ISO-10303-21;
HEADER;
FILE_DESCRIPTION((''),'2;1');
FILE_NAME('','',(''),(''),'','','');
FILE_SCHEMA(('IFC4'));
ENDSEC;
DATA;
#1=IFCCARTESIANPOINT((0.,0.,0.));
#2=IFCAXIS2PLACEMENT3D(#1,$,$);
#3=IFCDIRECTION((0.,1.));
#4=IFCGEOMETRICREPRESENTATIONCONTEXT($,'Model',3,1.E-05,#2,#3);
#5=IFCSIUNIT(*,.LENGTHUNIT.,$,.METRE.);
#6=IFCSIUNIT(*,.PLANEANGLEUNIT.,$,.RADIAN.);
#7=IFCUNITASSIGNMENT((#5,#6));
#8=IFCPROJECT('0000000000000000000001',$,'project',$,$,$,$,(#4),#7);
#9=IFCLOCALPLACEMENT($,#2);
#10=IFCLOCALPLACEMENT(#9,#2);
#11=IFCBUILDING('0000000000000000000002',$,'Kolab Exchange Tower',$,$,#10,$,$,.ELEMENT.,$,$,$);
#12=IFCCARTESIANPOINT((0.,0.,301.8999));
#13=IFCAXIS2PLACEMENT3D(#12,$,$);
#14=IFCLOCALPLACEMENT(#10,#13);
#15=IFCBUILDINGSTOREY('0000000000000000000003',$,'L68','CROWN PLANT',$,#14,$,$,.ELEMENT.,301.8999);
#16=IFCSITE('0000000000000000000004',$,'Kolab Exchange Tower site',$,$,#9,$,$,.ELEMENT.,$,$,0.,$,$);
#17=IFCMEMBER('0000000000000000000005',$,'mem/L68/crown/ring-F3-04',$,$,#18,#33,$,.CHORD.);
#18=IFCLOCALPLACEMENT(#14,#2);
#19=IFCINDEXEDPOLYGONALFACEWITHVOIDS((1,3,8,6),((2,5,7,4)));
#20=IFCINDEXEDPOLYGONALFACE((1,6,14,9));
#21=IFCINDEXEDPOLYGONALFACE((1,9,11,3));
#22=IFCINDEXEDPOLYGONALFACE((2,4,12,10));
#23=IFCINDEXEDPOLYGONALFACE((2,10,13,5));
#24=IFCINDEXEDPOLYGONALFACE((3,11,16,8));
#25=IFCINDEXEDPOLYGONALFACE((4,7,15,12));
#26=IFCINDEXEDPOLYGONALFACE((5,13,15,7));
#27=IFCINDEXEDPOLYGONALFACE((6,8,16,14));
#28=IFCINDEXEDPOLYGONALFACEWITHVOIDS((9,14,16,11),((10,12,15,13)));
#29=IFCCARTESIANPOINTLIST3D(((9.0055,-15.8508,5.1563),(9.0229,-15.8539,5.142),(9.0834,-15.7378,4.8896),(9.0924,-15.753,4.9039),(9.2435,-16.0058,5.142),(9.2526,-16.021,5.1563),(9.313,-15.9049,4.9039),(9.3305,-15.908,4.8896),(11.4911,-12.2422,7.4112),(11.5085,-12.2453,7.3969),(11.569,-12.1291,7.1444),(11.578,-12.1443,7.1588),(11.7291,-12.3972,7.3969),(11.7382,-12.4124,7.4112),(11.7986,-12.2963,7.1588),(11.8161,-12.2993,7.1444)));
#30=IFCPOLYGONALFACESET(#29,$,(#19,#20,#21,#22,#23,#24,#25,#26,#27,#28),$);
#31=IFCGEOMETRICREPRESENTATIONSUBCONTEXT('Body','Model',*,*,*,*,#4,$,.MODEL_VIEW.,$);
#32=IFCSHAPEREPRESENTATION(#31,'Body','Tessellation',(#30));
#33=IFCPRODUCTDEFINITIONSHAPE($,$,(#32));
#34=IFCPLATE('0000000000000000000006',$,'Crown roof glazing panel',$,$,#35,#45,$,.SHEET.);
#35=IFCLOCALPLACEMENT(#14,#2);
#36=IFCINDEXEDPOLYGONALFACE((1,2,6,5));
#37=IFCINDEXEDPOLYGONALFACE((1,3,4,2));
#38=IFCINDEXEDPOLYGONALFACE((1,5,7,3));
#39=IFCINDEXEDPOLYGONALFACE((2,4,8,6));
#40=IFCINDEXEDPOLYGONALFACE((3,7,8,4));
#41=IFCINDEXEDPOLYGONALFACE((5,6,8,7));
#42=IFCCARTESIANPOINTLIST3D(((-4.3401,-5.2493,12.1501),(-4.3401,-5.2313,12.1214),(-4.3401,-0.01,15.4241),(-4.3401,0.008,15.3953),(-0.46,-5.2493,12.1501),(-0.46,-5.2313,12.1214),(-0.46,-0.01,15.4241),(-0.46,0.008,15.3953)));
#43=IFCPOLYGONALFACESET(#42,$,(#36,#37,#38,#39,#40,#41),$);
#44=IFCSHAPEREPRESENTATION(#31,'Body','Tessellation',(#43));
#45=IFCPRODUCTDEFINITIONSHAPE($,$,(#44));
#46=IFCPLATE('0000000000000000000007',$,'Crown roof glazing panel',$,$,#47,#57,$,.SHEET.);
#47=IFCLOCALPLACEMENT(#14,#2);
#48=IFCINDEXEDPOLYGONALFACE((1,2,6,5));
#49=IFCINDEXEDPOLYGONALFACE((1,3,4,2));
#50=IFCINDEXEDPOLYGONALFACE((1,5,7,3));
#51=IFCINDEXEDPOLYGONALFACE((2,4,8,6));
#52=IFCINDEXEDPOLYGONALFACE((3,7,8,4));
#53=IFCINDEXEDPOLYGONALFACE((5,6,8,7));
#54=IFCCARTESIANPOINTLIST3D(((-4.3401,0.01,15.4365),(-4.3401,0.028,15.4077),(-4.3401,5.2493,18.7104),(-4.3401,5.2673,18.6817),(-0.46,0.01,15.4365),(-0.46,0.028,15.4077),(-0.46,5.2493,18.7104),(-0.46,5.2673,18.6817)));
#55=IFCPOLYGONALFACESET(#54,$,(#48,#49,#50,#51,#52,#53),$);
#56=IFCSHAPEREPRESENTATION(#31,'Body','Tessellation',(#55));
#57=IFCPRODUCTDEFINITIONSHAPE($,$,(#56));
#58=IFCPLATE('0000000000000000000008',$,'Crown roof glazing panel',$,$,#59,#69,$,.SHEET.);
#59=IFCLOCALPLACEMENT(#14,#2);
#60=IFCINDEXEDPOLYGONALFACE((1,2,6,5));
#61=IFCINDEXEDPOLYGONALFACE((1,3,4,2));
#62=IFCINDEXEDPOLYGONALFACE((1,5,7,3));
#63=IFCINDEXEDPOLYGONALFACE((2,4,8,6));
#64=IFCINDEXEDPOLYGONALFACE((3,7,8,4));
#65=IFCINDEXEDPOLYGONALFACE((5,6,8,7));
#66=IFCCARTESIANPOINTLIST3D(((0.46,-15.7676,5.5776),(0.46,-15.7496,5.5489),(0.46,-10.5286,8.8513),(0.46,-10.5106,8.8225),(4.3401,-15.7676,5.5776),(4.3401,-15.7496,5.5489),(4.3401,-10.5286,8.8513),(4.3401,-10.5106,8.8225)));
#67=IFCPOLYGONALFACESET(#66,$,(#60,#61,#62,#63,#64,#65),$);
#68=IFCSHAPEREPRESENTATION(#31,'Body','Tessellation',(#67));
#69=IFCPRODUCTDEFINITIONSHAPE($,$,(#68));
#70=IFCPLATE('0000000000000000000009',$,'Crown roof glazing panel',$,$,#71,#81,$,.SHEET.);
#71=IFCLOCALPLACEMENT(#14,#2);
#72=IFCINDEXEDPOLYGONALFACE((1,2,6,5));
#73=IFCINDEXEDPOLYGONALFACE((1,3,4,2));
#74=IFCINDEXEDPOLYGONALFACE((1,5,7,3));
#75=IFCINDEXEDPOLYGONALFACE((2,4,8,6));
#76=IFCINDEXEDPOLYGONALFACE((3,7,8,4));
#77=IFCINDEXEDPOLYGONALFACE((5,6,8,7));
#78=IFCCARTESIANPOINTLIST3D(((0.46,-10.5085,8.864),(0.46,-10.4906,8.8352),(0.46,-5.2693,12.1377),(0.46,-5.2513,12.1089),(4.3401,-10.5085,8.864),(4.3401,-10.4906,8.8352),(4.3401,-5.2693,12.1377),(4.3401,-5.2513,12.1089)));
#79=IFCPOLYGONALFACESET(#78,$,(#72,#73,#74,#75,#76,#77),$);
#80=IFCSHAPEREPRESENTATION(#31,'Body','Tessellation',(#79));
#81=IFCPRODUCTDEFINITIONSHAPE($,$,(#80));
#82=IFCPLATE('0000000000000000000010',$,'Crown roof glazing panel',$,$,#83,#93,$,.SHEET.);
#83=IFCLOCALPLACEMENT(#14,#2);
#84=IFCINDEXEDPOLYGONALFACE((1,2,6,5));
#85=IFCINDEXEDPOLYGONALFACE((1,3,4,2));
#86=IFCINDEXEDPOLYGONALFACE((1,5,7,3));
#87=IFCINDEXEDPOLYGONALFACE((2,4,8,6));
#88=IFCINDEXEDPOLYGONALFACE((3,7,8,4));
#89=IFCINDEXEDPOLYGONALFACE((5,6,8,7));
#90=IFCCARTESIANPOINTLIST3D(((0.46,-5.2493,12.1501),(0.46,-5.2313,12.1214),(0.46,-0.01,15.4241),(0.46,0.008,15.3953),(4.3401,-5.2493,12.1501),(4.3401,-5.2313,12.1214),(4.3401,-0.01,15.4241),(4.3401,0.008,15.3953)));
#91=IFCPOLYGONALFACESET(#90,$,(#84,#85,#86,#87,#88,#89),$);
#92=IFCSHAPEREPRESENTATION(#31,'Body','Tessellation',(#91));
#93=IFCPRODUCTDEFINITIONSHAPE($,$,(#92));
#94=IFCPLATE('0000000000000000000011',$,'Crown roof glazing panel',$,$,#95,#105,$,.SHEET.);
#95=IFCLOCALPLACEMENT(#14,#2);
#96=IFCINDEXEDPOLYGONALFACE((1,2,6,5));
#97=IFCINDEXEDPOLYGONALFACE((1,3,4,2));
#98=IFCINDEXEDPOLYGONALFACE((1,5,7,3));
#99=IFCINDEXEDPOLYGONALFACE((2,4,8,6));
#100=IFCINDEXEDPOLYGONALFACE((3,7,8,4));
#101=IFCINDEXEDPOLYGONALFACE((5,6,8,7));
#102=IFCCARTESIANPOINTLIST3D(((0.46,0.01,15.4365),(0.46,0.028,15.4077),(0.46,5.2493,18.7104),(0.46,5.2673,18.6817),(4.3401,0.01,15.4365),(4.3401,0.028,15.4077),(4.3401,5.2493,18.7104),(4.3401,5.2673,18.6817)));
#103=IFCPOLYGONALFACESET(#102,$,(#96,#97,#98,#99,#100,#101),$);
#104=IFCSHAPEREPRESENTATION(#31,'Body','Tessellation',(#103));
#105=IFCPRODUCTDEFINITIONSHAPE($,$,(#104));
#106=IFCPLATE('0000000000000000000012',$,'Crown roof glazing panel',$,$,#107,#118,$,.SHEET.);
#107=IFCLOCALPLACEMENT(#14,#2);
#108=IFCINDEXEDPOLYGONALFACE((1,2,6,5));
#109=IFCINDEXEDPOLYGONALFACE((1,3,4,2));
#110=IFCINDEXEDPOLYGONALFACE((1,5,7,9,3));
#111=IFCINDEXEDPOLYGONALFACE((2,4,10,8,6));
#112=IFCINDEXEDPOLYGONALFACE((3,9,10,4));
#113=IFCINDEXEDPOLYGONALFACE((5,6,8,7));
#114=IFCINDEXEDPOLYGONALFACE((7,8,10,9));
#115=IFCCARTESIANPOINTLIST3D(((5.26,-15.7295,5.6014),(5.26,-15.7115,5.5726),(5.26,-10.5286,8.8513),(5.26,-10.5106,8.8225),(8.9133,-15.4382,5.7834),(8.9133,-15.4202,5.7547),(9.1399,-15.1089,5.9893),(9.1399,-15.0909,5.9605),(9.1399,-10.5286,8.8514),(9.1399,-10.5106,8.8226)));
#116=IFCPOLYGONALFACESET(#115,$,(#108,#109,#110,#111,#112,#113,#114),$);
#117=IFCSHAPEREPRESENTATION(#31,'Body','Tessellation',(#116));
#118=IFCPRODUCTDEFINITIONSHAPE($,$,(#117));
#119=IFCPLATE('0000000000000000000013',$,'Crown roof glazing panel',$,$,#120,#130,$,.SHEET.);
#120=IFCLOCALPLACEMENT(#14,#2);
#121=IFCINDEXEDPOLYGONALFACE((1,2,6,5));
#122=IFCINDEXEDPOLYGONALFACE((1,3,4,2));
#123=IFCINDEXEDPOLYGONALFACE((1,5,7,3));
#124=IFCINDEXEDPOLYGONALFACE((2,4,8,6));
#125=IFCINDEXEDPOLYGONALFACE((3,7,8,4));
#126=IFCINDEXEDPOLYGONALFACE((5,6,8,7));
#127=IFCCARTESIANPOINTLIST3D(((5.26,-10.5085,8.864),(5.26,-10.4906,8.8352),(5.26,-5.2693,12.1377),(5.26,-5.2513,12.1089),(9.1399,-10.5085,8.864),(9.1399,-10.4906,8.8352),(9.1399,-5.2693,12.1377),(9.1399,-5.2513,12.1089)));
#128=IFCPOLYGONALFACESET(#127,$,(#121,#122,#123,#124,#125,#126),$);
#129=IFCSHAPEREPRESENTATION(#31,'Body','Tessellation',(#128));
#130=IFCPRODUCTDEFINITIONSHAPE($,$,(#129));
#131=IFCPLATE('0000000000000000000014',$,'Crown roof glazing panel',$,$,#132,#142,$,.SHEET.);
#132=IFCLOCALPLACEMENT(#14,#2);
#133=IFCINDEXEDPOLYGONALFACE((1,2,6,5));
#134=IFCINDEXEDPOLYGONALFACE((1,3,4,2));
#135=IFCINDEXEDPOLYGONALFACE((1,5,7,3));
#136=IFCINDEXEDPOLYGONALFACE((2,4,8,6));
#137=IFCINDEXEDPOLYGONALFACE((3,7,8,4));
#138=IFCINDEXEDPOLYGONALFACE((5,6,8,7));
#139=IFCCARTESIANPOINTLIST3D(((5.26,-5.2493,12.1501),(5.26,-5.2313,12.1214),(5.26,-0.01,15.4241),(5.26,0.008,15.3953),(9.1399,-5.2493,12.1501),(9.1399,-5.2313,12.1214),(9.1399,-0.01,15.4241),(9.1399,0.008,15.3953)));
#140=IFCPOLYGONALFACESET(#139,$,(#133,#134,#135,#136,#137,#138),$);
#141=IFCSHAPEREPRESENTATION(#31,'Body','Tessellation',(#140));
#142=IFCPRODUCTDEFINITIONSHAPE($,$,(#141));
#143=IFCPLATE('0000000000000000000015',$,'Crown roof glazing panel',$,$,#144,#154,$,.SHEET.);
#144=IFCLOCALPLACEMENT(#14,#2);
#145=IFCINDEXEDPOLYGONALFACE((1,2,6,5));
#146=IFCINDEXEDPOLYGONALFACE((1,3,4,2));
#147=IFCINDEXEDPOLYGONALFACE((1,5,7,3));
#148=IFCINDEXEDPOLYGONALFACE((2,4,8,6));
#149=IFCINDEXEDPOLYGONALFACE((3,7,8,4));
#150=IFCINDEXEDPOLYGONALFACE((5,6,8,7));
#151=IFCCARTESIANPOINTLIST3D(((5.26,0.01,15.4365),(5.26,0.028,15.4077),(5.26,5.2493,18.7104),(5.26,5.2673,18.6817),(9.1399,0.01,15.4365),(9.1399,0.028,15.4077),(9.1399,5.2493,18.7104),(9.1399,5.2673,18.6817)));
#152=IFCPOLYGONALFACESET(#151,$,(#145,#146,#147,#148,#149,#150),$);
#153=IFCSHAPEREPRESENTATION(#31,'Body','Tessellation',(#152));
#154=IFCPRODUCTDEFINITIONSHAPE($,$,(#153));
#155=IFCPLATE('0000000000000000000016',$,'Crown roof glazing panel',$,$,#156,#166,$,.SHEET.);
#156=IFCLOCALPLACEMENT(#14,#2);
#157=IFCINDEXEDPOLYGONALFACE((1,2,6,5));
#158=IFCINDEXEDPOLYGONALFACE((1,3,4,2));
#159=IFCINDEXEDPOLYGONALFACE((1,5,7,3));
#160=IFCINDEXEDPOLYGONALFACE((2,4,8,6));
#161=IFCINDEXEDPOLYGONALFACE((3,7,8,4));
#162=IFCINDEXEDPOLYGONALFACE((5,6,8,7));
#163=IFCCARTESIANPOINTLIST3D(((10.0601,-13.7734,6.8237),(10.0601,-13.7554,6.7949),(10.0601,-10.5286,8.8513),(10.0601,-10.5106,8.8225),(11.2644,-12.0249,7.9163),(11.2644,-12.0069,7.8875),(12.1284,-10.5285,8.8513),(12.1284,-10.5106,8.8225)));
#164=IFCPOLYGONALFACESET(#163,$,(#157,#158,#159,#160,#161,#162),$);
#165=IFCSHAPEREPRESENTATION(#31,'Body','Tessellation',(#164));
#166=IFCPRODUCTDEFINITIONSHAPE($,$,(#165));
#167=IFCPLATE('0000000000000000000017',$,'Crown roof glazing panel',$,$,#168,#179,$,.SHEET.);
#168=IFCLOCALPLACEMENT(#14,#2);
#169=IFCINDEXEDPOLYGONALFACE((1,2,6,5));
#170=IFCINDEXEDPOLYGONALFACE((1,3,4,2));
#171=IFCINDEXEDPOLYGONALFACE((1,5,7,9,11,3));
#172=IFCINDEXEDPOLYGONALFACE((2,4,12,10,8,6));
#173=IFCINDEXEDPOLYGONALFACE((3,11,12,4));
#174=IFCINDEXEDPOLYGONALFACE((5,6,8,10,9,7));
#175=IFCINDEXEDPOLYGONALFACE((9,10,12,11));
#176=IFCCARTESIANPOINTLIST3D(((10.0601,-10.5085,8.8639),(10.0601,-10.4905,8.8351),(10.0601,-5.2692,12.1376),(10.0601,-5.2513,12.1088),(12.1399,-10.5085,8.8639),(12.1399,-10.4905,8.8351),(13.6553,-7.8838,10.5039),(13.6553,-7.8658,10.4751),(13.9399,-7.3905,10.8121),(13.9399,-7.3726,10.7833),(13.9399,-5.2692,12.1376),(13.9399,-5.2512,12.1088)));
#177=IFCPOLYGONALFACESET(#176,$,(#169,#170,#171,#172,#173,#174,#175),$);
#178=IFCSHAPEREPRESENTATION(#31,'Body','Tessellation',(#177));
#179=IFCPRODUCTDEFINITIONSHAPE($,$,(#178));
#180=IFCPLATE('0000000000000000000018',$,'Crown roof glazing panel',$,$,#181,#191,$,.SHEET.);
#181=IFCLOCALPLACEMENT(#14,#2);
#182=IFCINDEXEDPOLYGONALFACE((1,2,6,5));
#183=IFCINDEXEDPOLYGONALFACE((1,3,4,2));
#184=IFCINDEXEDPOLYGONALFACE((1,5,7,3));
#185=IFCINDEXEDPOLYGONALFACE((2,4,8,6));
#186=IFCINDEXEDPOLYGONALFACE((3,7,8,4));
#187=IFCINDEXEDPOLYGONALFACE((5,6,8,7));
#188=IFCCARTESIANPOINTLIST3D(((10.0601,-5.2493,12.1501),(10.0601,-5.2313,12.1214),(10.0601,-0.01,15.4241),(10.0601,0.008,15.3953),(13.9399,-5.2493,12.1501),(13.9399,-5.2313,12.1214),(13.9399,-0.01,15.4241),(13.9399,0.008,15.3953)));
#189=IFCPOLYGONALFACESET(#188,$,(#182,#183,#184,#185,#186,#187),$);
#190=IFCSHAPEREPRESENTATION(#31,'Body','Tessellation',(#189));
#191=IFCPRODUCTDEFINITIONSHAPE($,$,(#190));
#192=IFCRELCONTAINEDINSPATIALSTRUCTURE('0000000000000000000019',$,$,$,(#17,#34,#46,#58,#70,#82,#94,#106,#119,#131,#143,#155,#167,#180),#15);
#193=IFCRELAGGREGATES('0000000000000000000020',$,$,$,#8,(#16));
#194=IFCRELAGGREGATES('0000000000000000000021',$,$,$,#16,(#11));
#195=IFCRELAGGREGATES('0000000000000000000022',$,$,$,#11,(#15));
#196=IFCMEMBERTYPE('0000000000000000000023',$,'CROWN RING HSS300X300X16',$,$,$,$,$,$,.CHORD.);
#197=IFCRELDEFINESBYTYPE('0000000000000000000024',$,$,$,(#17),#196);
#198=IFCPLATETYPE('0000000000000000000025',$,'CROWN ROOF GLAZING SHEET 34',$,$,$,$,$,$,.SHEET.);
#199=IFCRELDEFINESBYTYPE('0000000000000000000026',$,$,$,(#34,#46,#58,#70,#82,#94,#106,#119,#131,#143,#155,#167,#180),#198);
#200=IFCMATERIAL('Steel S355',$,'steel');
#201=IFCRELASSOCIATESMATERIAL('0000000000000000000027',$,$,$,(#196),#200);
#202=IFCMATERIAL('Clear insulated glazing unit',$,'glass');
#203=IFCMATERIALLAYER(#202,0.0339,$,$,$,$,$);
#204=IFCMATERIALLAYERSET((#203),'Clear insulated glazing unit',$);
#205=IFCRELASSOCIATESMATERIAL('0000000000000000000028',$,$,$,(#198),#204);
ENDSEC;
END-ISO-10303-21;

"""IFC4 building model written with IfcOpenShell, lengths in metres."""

from ifc_helpers import new_model, si_unit, direction, frame, origin, origin_2d, place, context, subcontext, project, spatial, polyline, hollow_rectangle, outline, extrude, material, layer, layer_set, material_profile, profile_set, type_object, element, save


model = new_model("IFC4")

# Units and contexts
model_context = context("Model", 3, precision=1e-05, world=origin(), true_north=direction((0.0, 1.0)))
body_context = subcontext(model_context, "Body", "Model", "MODEL_VIEW")
ifc_project = project(units=[si_unit("LENGTHUNIT", "METRE"), si_unit("PLANEANGLEUNIT", "RADIAN")], contexts=[model_context])

# Site, building, storey
site_placement = place(None, origin())
site = spatial("IfcSite", under=ifc_project, at=site_placement, Name="Kolab Exchange Tower site", CompositionType="ELEMENT", RefElevation=0.0)
building_placement = place(site_placement, origin())
building = spatial("IfcBuilding", under=site, at=building_placement, Name="Kolab Exchange Tower", CompositionType="ELEMENT")
storey_placement = place(building_placement, frame((0.0, 0.0, 301.8999)))
storey = spatial("IfcBuildingStorey", under=building, at=storey_placement, Name="L68", Description="CROWN PLANT", CompositionType="ELEMENT", Elevation=301.8999)

# Member
ifc_material_1 = material(Name="Steel S355", Category="steel")
ifc_material_profile_1 = material_profile(ifc_material_1, hollow_rectangle(XDim=0.3, YDim=0.3, WallThickness=0.0161, at=origin_2d()), Name="HSS300X300X16")
ifc_profile_set_1 = profile_set([ifc_material_profile_1], Name="Steel S355")
member_type_1 = type_object("IfcMemberType", Name="CROWN RING HSS300X300X16", PredefinedType="CHORD", material=ifc_profile_set_1)
member_1_placement = place(storey_placement, frame((11.6536, -12.2708, 7.2778), z_axis=(-0.504384, -0.732276, -0.457567), x_axis=(0.823546, -0.56725, 0.0)))
element("IfcMember", 1, at=member_1_placement, inside=storey, type_object=member_type_1, Name="mem/L68/crown/ring-F3-04", PredefinedType="CHORD", context=body_context, shape_type="SweptSolid", body=[
    extrude(hollow_rectangle(XDim=0.3, YDim=0.3, WallThickness=0.0161, at=origin_2d()), origin(), (0.0, 0.0, 1.0), 4.928),
])

# Plates
ifc_material_2 = material(Name="Clear insulated glazing unit", Category="glass")
ifc_layer_1 = layer(ifc_material_2, 0.0339)
ifc_layer_set_1 = layer_set([ifc_layer_1], Name="Clear insulated glazing unit")
plate_type_1 = type_object("IfcPlateType", Name="CROWN ROOF GLAZING SHEET 34", PredefinedType="SHEET", material=ifc_layer_set_1)
for number, where, z_axis, x_axis, name in (
    (2, (-4.3401, -5.2493, 12.1501), (0.0, -0.529928, 0.848043), (0.0, 0.848043, 0.529928), "Crown roof glazing panel"),
    (3, (-4.3401, 0.01, 15.4365), (0.0, -0.529928, 0.848043), (0.0, 0.848043, 0.529928), "Crown roof glazing panel"),
):
    element("IfcPlate", number, at=place(storey_placement, frame(where, z_axis=z_axis, x_axis=x_axis)), inside=storey, type_object=plate_type_1, Name=name, PredefinedType="SHEET", context=body_context, shape_type="SweptSolid", body=[
        extrude(outline(polyline([(0.0, 0.0), (6.1781, 0.0), (6.1781, -3.8801), (0.0, -3.8801), (0.0, 0.0)])), origin(), (0.0, 0.0, -1.0), 0.0339),
    ])
plate_1_placement = place(storey_placement, frame((0.46, -15.7676, 5.5776), z_axis=(0.0, -0.529917, 0.848049), x_axis=(0.0, 0.848049, 0.529917)))
element("IfcPlate", 4, at=plate_1_placement, inside=storey, type_object=plate_type_1, Name="Crown roof glazing panel", PredefinedType="SHEET", context=body_context, shape_type="SweptSolid", body=[
    extrude(outline(polyline([(0.0, 0.0), (6.1777, 0.0), (6.1777, -3.8801), (0.0, -3.8801), (0.0, 0.0)])), origin(), (0.0, 0.0, -1.0), 0.0339),
])
plate_2_placement = place(storey_placement, frame((0.46, -10.5085, 8.864), z_axis=(0.0, -0.529899, 0.84806), x_axis=(0.0, 0.84806, 0.529899)))
element("IfcPlate", 5, at=plate_2_placement, inside=storey, type_object=plate_type_1, Name="Crown roof glazing panel", PredefinedType="SHEET", context=body_context, shape_type="SweptSolid", body=[
    extrude(outline(polyline([(0.0, 0.0), (6.1779, 0.0), (6.1779, -3.8801), (0.0, -3.8801), (0.0, 0.0)])), origin(), (0.0, 0.0, -1.0), 0.0339),
])
for number, where, z_axis, x_axis, name in (
    (6, (0.46, -5.2493, 12.1501), (0.0, -0.529928, 0.848043), (0.0, 0.848043, 0.529928), "Crown roof glazing panel"),
    (7, (0.46, 0.01, 15.4365), (0.0, -0.529928, 0.848043), (0.0, 0.848043, 0.529928), "Crown roof glazing panel"),
):
    element("IfcPlate", number, at=place(storey_placement, frame(where, z_axis=z_axis, x_axis=x_axis)), inside=storey, type_object=plate_type_1, Name=name, PredefinedType="SHEET", context=body_context, shape_type="SweptSolid", body=[
        extrude(outline(polyline([(0.0, 0.0), (6.1781, 0.0), (6.1781, -3.8801), (0.0, -3.8801), (0.0, 0.0)])), origin(), (0.0, 0.0, -1.0), 0.0339),
    ])
plate_3_placement = place(storey_placement, frame((8.9133, -15.4382, 5.7834), z_axis=(-0.000016, -0.529923, 0.848046), x_axis=(-0.995608, -0.079382, -0.049622)))
element("IfcPlate", 8, at=plate_3_placement, inside=storey, type_object=plate_type_1, Name="Crown roof glazing panel", PredefinedType="SHEET", context=body_context, shape_type="SweptSolid", body=[
    extrude(outline(polyline([(0.0, 0.0), (3.6694, 0.0), (3.0953, -6.1059), (-0.7675, -5.7427), (-0.2619, -0.3654), (0.0, 0.0)])), origin(), (0.0, 0.0, -1.0), 0.0339),
])
plate_4_placement = place(storey_placement, frame((5.26, -10.5085, 8.864), z_axis=(0.0, -0.529899, 0.84806), x_axis=(0.0, 0.84806, 0.529899)))
element("IfcPlate", 9, at=plate_4_placement, inside=storey, type_object=plate_type_1, Name="Crown roof glazing panel", PredefinedType="SHEET", context=body_context, shape_type="SweptSolid", body=[
    extrude(outline(polyline([(0.0, 0.0), (6.1779, 0.0), (6.1779, -3.8799), (0.0, -3.8799), (0.0, 0.0)])), origin(), (0.0, 0.0, -1.0), 0.0339),
])
for number, where, z_axis, x_axis, name in (
    (10, (5.26, -5.2493, 12.1501), (0.0, -0.529928, 0.848043), (0.0, 0.848043, 0.529928), "Crown roof glazing panel"),
    (11, (5.26, 0.01, 15.4365), (0.0, -0.529928, 0.848043), (0.0, 0.848043, 0.529928), "Crown roof glazing panel"),
):
    element("IfcPlate", number, at=place(storey_placement, frame(where, z_axis=z_axis, x_axis=x_axis)), inside=storey, type_object=plate_type_1, Name=name, PredefinedType="SHEET", context=body_context, shape_type="SweptSolid", body=[
        extrude(outline(polyline([(0.0, 0.0), (6.1781, 0.0), (6.1781, -3.8799), (0.0, -3.8799), (0.0, 0.0)])), origin(), (0.0, 0.0, -1.0), 0.0339),
    ])
plate_5_placement = place(storey_placement, frame((11.2644, -12.0249, 7.9163), z_axis=(0.000023, -0.529923, 0.848045), x_axis=(-0.504381, -0.732277, -0.457569)))
element("IfcPlate", 12, at=plate_5_placement, inside=storey, type_object=plate_type_1, Name="Crown roof glazing panel", PredefinedType="SHEET", context=body_context, shape_type="SweptSolid", body=[
    extrude(outline(polyline([(0.0, 0.0), (2.3878, 0.0), (-0.9161, -1.9299), (-1.9594, -0.1439), (0.0, 0.0)])), origin(), (0.0, 0.0, -1.0), 0.0339),
])
plate_6_placement = place(storey_placement, frame((13.6553, -7.8838, 10.5039), z_axis=(0.000008, -0.529904, 0.848058), x_axis=(-0.43975, -0.76166, -0.475914)))
element("IfcPlate", 13, at=plate_6_placement, inside=storey, type_object=plate_type_1, Name="Crown roof glazing panel", PredefinedType="SHEET", context=body_context, shape_type="SweptSolid", body=[
    extrude(outline(polyline([(0.0, 0.0), (3.446, 0.0), (4.3606, -1.8679), (-1.1879, -4.5847), (-2.8941, -1.1001), (-0.6476, -0.0001), (0.0, 0.0)])), origin(), (0.0, 0.0, -1.0), 0.0339),
])
for number, where, z_axis, x_axis, name in (
    (14, (10.0601, -5.2493, 12.1501), (0.0, -0.529928, 0.848043), (0.0, 0.848043, 0.529928), "Crown roof glazing panel"),
):
    element("IfcPlate", number, at=place(storey_placement, frame(where, z_axis=z_axis, x_axis=x_axis)), inside=storey, type_object=plate_type_1, Name=name, PredefinedType="SHEET", context=body_context, shape_type="SweptSolid", body=[
        extrude(outline(polyline([(0.0, 0.0), (6.1781, 0.0), (6.1781, -3.8799), (0.0, -3.8799), (0.0, 0.0)])), origin(), (0.0, 0.0, -1.0), 0.0339),
    ])

save(model, "model.ifc")
